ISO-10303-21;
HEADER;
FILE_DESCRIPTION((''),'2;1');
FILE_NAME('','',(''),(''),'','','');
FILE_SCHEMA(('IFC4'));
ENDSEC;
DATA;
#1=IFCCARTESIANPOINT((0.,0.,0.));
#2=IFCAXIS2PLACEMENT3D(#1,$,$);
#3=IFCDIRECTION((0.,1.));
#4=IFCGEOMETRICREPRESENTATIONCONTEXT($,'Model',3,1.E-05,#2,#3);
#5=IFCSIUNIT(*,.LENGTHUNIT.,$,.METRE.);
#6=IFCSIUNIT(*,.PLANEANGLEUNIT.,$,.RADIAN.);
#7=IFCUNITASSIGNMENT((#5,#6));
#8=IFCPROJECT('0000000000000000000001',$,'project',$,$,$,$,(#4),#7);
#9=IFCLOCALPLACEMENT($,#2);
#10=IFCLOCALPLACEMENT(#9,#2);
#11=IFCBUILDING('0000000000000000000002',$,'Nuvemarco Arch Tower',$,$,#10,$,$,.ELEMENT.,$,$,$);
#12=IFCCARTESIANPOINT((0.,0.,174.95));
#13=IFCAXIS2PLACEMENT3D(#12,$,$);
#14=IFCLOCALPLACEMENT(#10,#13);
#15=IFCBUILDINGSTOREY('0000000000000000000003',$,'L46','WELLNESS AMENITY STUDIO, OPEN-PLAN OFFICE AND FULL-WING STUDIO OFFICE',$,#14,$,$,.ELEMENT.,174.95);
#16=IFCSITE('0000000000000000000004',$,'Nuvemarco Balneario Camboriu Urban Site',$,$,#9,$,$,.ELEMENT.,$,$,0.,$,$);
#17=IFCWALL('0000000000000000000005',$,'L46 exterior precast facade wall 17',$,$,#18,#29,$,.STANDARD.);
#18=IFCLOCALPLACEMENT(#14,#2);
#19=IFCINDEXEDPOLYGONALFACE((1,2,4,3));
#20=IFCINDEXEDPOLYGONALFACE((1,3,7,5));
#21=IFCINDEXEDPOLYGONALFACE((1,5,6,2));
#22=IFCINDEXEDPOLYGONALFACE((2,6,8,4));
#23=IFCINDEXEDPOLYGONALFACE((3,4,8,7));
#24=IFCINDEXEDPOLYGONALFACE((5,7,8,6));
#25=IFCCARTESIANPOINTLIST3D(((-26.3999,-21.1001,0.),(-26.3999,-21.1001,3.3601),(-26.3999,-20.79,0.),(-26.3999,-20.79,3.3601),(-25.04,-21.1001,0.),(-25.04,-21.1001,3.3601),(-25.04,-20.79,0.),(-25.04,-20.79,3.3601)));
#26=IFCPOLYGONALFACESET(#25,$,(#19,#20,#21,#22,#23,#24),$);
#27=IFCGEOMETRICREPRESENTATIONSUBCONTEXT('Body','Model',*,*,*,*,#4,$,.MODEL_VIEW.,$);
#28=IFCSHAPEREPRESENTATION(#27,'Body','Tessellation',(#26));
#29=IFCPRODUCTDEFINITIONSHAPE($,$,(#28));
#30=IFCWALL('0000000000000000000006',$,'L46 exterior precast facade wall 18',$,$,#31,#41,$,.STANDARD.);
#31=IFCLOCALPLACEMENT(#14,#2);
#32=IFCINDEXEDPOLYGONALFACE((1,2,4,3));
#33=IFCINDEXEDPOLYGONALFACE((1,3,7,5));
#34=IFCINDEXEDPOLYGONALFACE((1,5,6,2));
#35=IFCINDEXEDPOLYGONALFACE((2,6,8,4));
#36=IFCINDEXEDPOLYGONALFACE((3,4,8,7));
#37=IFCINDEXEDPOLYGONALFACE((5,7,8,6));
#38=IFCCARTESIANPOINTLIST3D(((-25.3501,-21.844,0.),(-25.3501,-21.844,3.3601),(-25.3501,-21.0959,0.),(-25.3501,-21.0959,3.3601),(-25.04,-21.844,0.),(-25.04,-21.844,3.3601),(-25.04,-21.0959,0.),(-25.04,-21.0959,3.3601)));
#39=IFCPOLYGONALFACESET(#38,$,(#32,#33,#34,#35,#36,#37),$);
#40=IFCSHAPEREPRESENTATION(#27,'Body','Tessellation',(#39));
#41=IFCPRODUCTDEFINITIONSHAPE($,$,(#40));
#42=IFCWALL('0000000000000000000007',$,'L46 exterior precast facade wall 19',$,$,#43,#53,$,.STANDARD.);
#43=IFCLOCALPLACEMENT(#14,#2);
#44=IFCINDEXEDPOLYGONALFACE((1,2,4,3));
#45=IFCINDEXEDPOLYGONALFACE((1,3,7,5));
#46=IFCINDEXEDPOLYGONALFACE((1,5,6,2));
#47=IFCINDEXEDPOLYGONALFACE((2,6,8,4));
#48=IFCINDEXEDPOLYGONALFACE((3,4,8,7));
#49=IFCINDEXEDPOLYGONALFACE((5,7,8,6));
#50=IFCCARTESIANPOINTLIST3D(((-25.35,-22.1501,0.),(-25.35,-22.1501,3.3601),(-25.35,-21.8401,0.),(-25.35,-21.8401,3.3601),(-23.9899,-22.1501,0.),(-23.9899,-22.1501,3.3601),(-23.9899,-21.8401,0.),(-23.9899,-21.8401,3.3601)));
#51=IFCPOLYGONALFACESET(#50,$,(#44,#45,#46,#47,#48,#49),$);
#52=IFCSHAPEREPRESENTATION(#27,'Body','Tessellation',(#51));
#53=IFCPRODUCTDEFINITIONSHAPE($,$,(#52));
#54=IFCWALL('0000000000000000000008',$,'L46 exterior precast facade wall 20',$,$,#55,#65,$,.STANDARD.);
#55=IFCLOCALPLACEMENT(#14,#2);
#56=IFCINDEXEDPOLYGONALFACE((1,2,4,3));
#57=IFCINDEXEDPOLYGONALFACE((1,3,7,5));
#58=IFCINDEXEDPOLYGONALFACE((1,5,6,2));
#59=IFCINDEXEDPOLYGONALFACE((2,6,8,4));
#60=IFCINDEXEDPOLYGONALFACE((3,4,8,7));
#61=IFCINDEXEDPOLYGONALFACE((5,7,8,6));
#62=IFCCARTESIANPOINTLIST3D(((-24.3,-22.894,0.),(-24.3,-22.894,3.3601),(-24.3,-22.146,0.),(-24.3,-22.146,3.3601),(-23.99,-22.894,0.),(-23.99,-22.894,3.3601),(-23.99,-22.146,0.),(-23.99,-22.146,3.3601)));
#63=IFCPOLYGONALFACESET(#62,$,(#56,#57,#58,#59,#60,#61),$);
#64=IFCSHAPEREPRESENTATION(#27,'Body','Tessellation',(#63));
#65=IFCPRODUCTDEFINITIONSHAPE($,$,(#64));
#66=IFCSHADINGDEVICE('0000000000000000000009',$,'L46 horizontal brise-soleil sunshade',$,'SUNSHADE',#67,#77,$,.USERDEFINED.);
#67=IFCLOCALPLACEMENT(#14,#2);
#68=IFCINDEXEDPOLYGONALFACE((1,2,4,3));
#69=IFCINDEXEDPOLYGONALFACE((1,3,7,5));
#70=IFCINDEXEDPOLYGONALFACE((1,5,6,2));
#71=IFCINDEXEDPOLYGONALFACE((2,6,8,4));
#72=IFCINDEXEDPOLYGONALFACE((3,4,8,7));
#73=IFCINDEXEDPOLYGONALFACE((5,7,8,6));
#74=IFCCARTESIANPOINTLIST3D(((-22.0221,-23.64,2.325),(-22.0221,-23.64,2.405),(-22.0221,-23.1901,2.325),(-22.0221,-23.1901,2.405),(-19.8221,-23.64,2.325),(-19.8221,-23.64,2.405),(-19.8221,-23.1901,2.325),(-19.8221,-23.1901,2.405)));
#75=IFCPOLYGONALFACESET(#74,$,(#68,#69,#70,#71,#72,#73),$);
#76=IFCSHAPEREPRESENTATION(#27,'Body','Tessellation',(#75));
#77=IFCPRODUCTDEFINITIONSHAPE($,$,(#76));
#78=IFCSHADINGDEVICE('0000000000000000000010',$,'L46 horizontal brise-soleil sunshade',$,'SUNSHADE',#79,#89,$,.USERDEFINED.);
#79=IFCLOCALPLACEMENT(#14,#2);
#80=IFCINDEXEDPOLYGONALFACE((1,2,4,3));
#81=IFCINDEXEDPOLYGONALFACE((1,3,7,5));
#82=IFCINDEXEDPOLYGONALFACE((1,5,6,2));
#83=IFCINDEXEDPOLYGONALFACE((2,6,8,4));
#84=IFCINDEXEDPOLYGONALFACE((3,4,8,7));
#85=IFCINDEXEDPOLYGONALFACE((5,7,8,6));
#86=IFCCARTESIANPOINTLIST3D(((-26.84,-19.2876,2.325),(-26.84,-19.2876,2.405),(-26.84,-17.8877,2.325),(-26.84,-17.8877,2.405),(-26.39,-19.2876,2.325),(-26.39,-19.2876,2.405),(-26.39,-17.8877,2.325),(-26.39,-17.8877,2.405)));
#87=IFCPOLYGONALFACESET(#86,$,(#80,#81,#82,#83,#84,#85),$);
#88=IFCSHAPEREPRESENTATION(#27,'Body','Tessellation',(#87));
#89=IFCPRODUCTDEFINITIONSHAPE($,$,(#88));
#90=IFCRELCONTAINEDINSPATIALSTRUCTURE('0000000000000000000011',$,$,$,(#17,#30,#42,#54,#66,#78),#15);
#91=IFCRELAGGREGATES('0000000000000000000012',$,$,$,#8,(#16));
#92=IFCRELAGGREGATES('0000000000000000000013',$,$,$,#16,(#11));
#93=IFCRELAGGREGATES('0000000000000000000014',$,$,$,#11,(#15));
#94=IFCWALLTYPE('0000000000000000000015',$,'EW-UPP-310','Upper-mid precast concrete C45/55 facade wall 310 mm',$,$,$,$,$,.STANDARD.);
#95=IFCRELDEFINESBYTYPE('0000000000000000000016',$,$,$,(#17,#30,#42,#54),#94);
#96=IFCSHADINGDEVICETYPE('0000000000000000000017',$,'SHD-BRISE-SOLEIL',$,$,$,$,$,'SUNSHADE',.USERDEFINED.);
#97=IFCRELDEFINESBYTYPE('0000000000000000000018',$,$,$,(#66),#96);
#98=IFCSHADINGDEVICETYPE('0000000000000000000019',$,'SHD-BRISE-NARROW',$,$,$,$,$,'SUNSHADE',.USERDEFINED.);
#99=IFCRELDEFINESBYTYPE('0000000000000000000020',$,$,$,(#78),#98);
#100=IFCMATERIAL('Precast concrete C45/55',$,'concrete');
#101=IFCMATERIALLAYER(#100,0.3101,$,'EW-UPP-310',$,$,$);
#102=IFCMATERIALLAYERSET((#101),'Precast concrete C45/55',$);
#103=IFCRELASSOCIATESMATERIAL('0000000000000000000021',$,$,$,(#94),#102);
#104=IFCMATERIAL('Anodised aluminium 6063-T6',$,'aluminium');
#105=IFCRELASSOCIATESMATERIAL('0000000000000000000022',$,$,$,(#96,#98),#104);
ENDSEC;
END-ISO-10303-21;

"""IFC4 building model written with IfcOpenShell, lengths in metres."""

from ifc_helpers import new_model, si_unit, direction, frame, frame_2d, origin, origin_2d, place, context, subcontext, project, spatial, rectangle, extrude, source, transform, mapped, material, layer, layer_set, type_object, type_shapes, element, save


model = new_model("IFC4")

# Units and contexts
model_context = context("Model", 3, precision=1e-05, world=origin(), true_north=direction((0.0, 1.0)))
body_context = subcontext(model_context, "Body", "Model", "MODEL_VIEW")
ifc_project = project(units=[si_unit("LENGTHUNIT", "METRE"), si_unit("PLANEANGLEUNIT", "RADIAN")], contexts=[model_context])

# Site, building, storey
site_placement = place(None, origin())
site = spatial("IfcSite", under=ifc_project, at=site_placement, Name="Nuvemarco Balneario Camboriu Urban Site", CompositionType="ELEMENT", RefElevation=0.0)
building_placement = place(site_placement, origin())
building = spatial("IfcBuilding", under=site, at=building_placement, Name="Nuvemarco Arch Tower", CompositionType="ELEMENT")
storey_placement = place(building_placement, frame((0.0, 0.0, 174.95)))
storey = spatial("IfcBuildingStorey", under=building, at=storey_placement, Name="L46", Description="WELLNESS AMENITY STUDIO, OPEN-PLAN OFFICE AND FULL-WING STUDIO OFFICE", CompositionType="ELEMENT", Elevation=174.95)

# Shared definitions
ifc_material_1 = material(Name="Precast concrete C45/55", Category="concrete")
ifc_layer = layer(ifc_material_1, 0.3101, Name="EW-UPP-310")
ifc_layer_set = layer_set([ifc_layer], Name="Precast concrete C45/55")
wall_type = type_object("IfcWallType", Name="EW-UPP-310", Description="Upper-mid precast concrete C45/55 facade wall 310 mm", PredefinedType="STANDARD", material=ifc_layer_set)

# Walls
wall_1_placement = place(storey_placement, frame((-26.3999, -20.9451, 0.0), z_axis=(0.0, 0.0, 1.0), x_axis=(1.0, 0.0, 0.0)))
element("IfcWall", 1, at=wall_1_placement, inside=storey, type_object=wall_type, Name="L46 exterior precast facade wall 17", PredefinedType="STANDARD", context=body_context, shape_type="SweptSolid", body=[
    extrude(rectangle(XDim=1.3599, YDim=0.3101, at=frame_2d((0.6799, 0.0))), origin(), (0.0, 0.0, 1.0), 3.3601),
])
wall_2_placement = place(storey_placement, frame((-25.1951, -21.844, 0.0), z_axis=(0.0, 0.0, 1.0), x_axis=(0.0, 1.0, 0.0)))
element("IfcWall", 2, at=wall_2_placement, inside=storey, type_object=wall_type, Name="L46 exterior precast facade wall 18", PredefinedType="STANDARD", context=body_context, shape_type="SweptSolid", body=[
    extrude(rectangle(XDim=0.748, YDim=0.3101, at=frame_2d((0.374, 0.0))), origin(), (0.0, 0.0, 1.0), 3.3601),
])
wall_3_placement = place(storey_placement, frame((-25.3501, -21.9951, 0.0), z_axis=(0.0, 0.0, 1.0), x_axis=(1.0, 0.0, 0.0)))
element("IfcWall", 3, at=wall_3_placement, inside=storey, type_object=wall_type, Name="L46 exterior precast facade wall 19", PredefinedType="STANDARD", context=body_context, shape_type="SweptSolid", body=[
    extrude(rectangle(XDim=1.3601, YDim=0.3101, at=frame_2d((0.6802, 0.0))), origin(), (0.0, 0.0, 1.0), 3.3601),
])
wall_4_placement = place(storey_placement, frame((-24.145, -22.894, 0.0), z_axis=(0.0, 0.0, 1.0), x_axis=(0.0, 1.0, 0.0)))
element("IfcWall", 4, at=wall_4_placement, inside=storey, type_object=wall_type, Name="L46 exterior precast facade wall 20", PredefinedType="STANDARD", context=body_context, shape_type="SweptSolid", body=[
    extrude(rectangle(XDim=0.748, YDim=0.3101, at=frame_2d((0.374, 0.0))), origin(), (0.0, 0.0, 1.0), 3.3601),
])

# Shading devices
ifc_material_2 = material(Name="Anodised aluminium 6063-T6", Category="aluminium")
shading_device_type_1 = type_object("IfcShadingDeviceType", Name="SHD-BRISE-SOLEIL", ElementType="SUNSHADE", PredefinedType="USERDEFINED", material=ifc_material_2)
shared_shape_1 = source(origin(), body_context, "Body", "SweptSolid", [
    extrude(rectangle(XDim=2.2, YDim=0.45, at=origin_2d()), origin(), (0.0, 0.0, 1.0), 0.0801),
])
type_shapes(shading_device_type_1, [shared_shape_1])
shading_device_1_placement = place(storey_placement, frame((-20.9221, -23.415, 2.325), z_axis=(0.0, 0.0, 1.0), x_axis=(1.0, 0.0, 0.0)))
element("IfcShadingDevice", 5, at=shading_device_1_placement, inside=storey, type_object=shading_device_type_1, Name="L46 horizontal brise-soleil sunshade", ObjectType="SUNSHADE", PredefinedType="USERDEFINED", context=body_context, shape_type="MappedRepresentation", body=[
    mapped(shared_shape_1, transform((0.0, 0.0, 0.0), scale=1.0)),
])
shading_device_type_2 = type_object("IfcShadingDeviceType", Name="SHD-BRISE-NARROW", ElementType="SUNSHADE", PredefinedType="USERDEFINED", material=ifc_material_2)
shared_shape_2 = source(origin(), body_context, "Body", "SweptSolid", [
    extrude(rectangle(XDim=1.3999, YDim=0.45, at=origin_2d()), origin(), (0.0, 0.0, 1.0), 0.0801),
])
type_shapes(shading_device_type_2, [shared_shape_2])
shading_device_2_placement = place(storey_placement, frame((-26.615, -18.5876, 2.325), z_axis=(0.0, 0.0, 1.0), x_axis=(0.0, 1.0, 0.0)))
element("IfcShadingDevice", 6, at=shading_device_2_placement, inside=storey, type_object=shading_device_type_2, Name="L46 horizontal brise-soleil sunshade", ObjectType="SUNSHADE", PredefinedType="USERDEFINED", context=body_context, shape_type="MappedRepresentation", body=[
    mapped(shared_shape_2, transform((0.0, 0.0, 0.0), scale=1.0)),
])

save(model, "model.ifc")
